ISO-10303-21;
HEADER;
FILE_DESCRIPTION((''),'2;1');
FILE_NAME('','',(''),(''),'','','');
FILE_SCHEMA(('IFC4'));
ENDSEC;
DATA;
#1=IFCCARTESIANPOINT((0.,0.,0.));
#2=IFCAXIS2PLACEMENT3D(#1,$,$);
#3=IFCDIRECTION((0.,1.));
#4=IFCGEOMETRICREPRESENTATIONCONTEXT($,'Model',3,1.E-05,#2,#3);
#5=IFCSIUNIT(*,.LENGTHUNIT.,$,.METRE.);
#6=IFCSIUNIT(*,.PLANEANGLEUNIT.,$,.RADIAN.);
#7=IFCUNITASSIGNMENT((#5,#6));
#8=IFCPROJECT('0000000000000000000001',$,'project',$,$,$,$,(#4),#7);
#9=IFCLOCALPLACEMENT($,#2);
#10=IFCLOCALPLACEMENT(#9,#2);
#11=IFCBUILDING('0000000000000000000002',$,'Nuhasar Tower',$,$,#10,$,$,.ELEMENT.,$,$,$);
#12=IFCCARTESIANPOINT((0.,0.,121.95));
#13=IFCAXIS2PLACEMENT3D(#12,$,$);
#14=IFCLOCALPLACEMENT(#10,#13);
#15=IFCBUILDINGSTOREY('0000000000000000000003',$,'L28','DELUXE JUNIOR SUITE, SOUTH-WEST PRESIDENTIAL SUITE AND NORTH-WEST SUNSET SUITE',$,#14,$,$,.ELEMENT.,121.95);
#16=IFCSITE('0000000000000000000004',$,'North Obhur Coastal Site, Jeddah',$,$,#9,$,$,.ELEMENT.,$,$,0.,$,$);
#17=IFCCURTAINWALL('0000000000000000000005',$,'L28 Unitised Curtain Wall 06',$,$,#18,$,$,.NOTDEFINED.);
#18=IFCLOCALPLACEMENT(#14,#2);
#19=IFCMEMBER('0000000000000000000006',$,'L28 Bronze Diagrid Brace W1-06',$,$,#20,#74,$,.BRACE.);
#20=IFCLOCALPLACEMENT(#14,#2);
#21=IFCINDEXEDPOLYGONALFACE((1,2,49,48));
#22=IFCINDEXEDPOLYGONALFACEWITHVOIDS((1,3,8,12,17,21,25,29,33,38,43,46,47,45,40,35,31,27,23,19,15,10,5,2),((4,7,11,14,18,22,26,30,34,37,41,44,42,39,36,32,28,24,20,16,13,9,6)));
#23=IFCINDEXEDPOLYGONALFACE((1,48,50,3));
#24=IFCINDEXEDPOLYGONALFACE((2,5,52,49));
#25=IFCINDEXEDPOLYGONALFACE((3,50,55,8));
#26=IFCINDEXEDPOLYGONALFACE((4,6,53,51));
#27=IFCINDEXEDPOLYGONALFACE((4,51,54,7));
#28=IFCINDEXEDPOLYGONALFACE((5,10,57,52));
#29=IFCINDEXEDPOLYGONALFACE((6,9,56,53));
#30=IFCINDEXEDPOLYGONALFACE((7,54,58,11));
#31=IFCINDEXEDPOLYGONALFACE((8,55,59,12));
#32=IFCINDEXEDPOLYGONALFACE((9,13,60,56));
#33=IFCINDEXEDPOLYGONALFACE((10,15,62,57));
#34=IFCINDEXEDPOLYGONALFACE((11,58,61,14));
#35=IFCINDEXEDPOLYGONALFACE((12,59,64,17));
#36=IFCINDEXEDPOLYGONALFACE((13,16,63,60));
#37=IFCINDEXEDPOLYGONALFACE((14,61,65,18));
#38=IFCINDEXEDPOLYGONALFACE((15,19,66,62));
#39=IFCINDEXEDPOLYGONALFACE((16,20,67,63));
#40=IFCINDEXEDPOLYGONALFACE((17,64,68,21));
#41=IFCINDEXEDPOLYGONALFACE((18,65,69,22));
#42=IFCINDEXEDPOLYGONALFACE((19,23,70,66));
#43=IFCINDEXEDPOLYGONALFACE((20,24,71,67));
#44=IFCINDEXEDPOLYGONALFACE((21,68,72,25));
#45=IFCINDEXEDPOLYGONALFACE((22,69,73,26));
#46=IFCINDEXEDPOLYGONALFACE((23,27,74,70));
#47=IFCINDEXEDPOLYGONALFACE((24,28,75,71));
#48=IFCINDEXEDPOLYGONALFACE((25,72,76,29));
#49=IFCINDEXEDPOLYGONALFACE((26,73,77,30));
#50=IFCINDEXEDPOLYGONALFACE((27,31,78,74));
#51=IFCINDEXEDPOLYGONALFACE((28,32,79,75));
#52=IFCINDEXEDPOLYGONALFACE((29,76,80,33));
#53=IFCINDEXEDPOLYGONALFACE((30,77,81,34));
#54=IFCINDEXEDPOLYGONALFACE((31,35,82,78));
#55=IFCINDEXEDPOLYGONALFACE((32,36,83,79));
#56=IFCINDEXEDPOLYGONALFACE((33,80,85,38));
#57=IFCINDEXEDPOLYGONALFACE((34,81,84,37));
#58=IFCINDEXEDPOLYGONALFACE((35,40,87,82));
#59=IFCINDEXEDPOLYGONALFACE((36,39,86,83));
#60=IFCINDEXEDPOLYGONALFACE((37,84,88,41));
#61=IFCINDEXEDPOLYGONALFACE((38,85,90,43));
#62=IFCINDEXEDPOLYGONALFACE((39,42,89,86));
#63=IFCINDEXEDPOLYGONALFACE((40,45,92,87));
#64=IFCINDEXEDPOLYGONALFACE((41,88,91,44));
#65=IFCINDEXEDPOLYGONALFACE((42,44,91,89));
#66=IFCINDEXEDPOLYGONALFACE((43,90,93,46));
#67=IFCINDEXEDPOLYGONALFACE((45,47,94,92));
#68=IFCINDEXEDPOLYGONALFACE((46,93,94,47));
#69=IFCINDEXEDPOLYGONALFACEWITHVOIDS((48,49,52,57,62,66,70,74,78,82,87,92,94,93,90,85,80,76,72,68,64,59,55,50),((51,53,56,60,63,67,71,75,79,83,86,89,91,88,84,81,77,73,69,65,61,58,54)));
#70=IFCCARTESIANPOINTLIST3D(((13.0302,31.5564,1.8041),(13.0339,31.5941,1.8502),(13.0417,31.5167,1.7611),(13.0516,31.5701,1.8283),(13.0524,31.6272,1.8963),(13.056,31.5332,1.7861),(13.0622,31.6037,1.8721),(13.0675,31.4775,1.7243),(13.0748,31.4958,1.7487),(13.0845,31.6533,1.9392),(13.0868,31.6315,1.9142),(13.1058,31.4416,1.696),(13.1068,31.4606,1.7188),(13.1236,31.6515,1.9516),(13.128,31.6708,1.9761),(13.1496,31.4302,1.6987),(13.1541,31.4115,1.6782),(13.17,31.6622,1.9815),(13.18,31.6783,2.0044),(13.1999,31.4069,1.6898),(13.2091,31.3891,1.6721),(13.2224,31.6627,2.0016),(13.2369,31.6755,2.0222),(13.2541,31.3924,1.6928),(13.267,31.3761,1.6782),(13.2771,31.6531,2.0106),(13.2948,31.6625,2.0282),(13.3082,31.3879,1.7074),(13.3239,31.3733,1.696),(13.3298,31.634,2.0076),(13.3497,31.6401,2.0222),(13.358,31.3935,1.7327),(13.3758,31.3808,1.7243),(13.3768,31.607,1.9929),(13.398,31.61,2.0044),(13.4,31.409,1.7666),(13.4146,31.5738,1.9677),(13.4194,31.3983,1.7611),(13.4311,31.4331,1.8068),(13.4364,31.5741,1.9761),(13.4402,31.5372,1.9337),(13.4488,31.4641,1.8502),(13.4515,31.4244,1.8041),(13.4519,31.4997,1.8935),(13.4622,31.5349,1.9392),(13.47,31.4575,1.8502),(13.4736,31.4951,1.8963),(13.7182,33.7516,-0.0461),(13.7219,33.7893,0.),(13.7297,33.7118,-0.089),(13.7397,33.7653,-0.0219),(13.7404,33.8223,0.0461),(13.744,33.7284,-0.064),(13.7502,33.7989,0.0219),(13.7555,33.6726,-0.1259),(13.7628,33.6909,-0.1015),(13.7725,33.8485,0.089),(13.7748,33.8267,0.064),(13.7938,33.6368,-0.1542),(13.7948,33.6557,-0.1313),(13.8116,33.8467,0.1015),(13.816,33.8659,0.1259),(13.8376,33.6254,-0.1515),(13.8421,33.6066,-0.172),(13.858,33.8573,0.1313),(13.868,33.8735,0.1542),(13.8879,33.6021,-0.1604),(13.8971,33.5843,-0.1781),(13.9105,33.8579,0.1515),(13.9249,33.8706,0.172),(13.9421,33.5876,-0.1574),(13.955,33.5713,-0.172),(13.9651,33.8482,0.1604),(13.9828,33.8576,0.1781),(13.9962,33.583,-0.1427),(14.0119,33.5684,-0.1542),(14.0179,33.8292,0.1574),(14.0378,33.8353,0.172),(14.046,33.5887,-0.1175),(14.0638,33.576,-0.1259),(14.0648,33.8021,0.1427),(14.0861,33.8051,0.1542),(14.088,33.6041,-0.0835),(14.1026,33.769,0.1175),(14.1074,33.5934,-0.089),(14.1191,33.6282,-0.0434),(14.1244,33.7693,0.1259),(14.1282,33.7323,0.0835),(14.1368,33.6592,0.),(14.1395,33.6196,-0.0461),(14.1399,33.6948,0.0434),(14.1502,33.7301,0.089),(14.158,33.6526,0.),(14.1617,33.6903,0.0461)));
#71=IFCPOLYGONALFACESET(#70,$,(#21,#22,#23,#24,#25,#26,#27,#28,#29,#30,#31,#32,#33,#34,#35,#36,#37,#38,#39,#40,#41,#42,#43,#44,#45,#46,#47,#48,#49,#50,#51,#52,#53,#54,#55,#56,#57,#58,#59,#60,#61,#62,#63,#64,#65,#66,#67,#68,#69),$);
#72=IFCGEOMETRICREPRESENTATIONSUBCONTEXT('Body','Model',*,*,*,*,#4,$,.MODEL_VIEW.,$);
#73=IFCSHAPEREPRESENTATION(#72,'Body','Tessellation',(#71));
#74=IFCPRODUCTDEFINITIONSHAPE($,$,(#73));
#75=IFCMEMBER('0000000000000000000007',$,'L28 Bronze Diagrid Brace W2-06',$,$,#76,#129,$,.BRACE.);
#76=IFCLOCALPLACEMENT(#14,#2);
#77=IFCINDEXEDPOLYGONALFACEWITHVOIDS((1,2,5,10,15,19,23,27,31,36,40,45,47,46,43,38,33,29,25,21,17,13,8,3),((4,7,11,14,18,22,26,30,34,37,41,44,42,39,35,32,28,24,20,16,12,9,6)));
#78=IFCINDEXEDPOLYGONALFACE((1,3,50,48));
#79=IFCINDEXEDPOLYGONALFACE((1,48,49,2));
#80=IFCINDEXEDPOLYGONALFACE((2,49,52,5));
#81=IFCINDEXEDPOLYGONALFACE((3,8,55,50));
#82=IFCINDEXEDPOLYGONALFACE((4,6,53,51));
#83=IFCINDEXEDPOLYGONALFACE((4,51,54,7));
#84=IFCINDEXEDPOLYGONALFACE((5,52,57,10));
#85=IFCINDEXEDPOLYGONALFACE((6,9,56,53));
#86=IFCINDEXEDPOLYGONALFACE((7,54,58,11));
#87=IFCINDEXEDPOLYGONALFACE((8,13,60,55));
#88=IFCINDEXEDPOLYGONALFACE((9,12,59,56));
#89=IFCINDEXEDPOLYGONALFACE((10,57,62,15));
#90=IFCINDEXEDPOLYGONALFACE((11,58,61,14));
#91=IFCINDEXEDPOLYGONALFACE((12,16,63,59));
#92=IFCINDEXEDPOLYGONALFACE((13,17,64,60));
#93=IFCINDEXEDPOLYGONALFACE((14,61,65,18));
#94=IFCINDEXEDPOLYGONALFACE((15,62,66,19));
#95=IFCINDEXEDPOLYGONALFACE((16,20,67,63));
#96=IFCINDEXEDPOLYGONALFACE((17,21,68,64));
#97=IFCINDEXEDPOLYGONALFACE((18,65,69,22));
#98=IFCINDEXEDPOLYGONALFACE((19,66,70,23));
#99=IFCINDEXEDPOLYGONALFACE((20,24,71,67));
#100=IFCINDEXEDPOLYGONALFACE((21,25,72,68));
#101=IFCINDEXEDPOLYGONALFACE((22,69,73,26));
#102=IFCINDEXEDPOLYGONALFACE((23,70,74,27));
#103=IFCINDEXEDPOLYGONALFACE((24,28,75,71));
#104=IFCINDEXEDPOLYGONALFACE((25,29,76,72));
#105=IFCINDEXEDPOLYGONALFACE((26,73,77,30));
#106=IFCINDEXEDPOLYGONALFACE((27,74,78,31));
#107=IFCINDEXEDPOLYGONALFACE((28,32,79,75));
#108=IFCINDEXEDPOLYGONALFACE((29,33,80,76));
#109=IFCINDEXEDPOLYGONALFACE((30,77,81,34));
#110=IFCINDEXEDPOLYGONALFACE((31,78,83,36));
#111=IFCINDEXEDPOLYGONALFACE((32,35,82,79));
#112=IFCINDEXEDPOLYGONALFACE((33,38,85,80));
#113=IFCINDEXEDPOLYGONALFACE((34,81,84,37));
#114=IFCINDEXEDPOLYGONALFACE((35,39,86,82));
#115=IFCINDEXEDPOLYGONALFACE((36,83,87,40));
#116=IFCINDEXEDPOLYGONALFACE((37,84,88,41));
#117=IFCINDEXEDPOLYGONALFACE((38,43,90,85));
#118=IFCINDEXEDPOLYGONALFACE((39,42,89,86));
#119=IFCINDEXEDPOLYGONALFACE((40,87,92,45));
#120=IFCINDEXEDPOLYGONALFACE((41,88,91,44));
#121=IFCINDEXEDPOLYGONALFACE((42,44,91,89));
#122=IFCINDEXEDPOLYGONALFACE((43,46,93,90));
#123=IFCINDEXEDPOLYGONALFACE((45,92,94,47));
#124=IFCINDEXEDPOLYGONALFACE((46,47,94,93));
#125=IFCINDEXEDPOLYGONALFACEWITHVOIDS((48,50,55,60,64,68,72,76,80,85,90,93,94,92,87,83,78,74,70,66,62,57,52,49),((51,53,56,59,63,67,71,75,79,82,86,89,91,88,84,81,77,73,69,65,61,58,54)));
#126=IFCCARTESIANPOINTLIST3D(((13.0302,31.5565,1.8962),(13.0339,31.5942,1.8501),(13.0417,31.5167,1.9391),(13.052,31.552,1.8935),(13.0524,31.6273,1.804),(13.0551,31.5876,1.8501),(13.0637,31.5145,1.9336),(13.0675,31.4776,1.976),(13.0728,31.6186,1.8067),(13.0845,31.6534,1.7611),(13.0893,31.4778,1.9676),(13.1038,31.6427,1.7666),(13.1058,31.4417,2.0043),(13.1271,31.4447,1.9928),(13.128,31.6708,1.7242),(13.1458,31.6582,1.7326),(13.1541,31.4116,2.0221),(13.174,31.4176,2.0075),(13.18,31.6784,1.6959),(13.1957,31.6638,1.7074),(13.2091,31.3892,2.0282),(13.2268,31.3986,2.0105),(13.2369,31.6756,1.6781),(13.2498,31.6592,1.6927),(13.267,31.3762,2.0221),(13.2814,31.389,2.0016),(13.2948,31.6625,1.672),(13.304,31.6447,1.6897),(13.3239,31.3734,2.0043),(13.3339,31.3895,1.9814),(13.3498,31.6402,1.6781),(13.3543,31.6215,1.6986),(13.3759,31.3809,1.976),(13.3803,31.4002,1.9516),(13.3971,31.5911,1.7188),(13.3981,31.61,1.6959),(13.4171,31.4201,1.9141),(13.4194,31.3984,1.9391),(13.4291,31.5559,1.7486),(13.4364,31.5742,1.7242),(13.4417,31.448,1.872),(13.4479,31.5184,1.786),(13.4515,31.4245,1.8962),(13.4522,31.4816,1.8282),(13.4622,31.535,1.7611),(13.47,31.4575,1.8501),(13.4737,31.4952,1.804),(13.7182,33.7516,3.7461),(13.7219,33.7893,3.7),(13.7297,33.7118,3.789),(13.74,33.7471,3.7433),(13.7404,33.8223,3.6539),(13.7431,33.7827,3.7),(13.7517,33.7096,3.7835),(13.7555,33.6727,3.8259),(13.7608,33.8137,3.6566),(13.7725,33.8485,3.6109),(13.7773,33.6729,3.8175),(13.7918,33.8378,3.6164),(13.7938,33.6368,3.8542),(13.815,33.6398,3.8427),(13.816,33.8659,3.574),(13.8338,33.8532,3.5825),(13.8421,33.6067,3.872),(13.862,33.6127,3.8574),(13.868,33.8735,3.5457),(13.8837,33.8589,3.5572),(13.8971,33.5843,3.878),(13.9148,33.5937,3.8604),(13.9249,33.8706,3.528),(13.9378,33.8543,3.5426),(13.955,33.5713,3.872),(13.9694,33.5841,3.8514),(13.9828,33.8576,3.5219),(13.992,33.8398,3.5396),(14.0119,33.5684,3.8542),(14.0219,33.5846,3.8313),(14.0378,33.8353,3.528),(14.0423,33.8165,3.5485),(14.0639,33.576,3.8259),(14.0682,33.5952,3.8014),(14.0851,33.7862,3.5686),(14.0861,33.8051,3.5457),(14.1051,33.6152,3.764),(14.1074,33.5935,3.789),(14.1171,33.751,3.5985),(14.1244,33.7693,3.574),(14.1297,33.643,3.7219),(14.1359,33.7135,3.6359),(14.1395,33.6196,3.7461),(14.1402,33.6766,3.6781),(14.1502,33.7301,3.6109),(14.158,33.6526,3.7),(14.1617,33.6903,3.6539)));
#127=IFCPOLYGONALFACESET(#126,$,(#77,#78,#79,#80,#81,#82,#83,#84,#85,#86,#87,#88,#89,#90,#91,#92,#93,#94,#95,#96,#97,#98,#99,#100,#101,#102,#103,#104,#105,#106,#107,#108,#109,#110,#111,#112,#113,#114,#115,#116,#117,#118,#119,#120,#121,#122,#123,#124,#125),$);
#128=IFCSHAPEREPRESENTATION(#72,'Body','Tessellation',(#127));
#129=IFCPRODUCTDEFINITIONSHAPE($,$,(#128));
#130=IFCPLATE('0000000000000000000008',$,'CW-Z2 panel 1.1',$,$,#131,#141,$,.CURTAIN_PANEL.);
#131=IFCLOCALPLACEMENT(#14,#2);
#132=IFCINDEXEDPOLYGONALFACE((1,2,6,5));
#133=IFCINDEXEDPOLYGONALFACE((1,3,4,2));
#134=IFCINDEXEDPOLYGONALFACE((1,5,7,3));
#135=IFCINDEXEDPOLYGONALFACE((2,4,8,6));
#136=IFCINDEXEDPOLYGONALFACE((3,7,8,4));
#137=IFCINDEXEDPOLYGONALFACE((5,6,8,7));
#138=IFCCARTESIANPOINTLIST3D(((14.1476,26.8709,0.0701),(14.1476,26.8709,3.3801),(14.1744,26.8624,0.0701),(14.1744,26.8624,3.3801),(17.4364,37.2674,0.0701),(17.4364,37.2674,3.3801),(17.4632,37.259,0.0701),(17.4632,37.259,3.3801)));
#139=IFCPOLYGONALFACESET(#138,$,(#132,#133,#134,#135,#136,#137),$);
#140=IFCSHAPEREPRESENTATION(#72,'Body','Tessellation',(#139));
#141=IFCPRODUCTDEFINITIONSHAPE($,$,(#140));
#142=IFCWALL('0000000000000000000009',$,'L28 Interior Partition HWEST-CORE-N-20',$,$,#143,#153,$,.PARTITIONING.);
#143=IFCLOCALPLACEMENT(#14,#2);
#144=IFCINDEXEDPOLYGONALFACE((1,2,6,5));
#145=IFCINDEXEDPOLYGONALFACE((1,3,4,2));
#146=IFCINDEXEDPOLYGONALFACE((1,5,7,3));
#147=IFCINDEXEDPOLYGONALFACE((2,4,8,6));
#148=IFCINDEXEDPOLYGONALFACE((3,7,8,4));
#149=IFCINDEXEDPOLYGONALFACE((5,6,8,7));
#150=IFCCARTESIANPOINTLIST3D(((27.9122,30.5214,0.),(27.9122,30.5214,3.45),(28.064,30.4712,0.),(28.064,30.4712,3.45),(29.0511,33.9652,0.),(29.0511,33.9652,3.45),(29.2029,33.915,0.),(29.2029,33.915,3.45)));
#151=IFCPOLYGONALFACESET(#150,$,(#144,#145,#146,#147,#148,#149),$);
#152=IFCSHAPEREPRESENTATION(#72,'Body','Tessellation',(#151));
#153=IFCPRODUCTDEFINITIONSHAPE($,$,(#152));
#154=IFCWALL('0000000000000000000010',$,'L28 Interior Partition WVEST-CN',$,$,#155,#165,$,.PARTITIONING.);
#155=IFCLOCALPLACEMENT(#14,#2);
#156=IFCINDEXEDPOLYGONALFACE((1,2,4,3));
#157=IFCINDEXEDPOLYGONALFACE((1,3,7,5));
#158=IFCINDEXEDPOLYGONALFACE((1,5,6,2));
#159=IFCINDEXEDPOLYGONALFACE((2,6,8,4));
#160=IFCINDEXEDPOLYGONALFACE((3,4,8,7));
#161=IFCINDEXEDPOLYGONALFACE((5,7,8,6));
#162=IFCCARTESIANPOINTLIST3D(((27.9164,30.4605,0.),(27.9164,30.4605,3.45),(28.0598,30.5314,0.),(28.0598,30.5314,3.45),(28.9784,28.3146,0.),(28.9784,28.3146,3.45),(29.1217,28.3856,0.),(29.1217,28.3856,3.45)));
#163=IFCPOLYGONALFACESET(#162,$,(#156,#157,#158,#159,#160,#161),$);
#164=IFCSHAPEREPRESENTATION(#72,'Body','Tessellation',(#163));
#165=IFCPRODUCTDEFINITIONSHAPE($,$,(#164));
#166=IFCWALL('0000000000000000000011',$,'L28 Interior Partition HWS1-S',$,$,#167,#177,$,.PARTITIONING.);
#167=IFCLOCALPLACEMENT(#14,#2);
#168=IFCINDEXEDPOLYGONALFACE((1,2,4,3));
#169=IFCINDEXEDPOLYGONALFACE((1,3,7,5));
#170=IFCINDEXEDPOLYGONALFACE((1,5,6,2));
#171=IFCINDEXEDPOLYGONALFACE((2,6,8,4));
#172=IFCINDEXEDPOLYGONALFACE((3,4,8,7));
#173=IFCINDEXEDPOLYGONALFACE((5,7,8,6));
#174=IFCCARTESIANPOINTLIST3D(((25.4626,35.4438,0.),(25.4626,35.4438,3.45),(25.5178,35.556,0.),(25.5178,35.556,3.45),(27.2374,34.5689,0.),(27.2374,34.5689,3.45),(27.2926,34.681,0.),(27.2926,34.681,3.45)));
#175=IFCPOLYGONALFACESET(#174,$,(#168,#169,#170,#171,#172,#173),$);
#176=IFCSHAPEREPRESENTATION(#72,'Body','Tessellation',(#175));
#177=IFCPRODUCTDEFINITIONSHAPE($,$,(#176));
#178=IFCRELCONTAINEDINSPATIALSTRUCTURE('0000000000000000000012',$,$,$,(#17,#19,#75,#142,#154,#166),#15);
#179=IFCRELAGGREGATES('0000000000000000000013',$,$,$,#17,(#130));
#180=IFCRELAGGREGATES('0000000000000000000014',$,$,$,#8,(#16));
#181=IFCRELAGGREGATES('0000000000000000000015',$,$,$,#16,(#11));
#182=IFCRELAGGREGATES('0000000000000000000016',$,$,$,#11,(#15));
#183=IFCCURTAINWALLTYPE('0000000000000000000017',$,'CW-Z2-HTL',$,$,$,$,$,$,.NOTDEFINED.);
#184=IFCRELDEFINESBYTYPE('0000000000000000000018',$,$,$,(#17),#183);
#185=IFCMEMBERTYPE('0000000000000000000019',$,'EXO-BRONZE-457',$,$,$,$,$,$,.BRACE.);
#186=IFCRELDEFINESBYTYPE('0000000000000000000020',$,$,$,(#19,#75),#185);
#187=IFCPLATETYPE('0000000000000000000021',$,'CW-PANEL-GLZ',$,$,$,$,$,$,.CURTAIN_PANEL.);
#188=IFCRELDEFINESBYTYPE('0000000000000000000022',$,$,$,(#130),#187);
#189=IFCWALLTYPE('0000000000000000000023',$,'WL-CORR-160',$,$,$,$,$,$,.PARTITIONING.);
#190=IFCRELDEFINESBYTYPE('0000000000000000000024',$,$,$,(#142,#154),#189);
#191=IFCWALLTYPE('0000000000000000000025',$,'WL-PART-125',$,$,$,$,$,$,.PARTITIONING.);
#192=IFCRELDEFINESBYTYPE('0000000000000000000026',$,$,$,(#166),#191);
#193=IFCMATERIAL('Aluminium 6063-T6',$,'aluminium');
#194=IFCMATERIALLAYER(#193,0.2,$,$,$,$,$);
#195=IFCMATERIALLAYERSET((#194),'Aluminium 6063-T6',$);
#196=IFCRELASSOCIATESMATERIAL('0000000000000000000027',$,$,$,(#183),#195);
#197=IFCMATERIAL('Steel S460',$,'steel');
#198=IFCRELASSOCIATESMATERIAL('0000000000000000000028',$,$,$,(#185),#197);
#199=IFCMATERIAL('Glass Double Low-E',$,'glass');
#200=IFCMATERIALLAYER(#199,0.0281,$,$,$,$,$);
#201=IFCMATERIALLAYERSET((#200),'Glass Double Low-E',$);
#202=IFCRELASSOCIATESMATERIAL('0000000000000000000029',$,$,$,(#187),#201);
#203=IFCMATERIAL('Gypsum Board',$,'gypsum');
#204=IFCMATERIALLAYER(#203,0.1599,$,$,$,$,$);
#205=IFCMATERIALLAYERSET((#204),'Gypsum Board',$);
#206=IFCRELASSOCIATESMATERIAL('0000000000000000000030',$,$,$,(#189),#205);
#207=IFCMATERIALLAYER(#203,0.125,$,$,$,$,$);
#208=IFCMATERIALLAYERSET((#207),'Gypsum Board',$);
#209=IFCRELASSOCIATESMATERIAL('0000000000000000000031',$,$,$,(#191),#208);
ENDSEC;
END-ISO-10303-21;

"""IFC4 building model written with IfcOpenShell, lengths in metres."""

from ifc_helpers import new_model, si_unit, direction, frame, frame_2d, origin, origin_2d, place, context, subcontext, project, spatial, rectangle, hollow_circle, extrude, material, layer, layer_set, material_profile, profile_set, type_object, element, aggregate, save


model = new_model("IFC4")

# Units and contexts
model_context = context("Model", 3, precision=1e-05, world=origin(), true_north=direction((0.0, 1.0)))
body_context = subcontext(model_context, "Body", "Model", "MODEL_VIEW")
ifc_project = project(units=[si_unit("LENGTHUNIT", "METRE"), si_unit("PLANEANGLEUNIT", "RADIAN")], contexts=[model_context])

# Site, building, storey
site_placement = place(None, origin())
site = spatial("IfcSite", under=ifc_project, at=site_placement, Name="North Obhur Coastal Site, Jeddah", CompositionType="ELEMENT", RefElevation=0.0)
building_placement = place(site_placement, origin())
building = spatial("IfcBuilding", under=site, at=building_placement, Name="Nuhasar Tower", CompositionType="ELEMENT")
storey_placement = place(building_placement, frame((0.0, 0.0, 121.95)))
storey = spatial("IfcBuildingStorey", under=building, at=storey_placement, Name="L28", Description="DELUXE JUNIOR SUITE, SOUTH-WEST PRESIDENTIAL SUITE AND NORTH-WEST SUNSET SUITE", CompositionType="ELEMENT", Elevation=121.95)

# Curtain wall
ifc_material_1 = material(Name="Aluminium 6063-T6", Category="aluminium")
ifc_layer_1 = layer(ifc_material_1, 0.2)
ifc_layer_set_1 = layer_set([ifc_layer_1], Name="Aluminium 6063-T6")
curtain_wall_type = type_object("IfcCurtainWallType", Name="CW-Z2-HTL", PredefinedType="NOTDEFINED", material=ifc_layer_set_1)
curtain_wall_placement = place(storey_placement, origin())
curtain_wall = element("IfcCurtainWall", 1, at=curtain_wall_placement, inside=storey, type_object=curtain_wall_type, Name="L28 Unitised Curtain Wall 06", PredefinedType="NOTDEFINED")

# Members
ifc_material_2 = material(Name="Steel S460", Category="steel")
ifc_material_profile_1 = material_profile(ifc_material_2, hollow_circle(Radius=0.2285, WallThickness=0.0222, at=origin_2d()), Name="HSS457X22.2")
ifc_profile_set_1 = profile_set([ifc_material_profile_1], Name="Steel S460")
member_type_1 = type_object("IfcMemberType", Name="EXO-BRONZE-457", PredefinedType="BRACE", material=ifc_profile_set_1)
member_1_placement = place(storey_placement, frame((13.9399, 33.7209, 0.0), z_axis=(-0.233056, -0.743578, 0.626719), x_axis=(0.954228, -0.299079, 0.0)))
element("IfcMember", 2, at=member_1_placement, inside=storey, type_object=member_type_1, Name="L28 Bronze Diagrid Brace W1-06", PredefinedType="BRACE", context=body_context, shape_type="SweptSolid", body=[
    extrude(hollow_circle(Radius=0.2285, WallThickness=0.0222, at=origin_2d()), origin(), (0.0, 0.0, 1.0), 2.9521),
])
member_2_placement = place(storey_placement, frame((13.252, 31.5259, 1.8501), z_axis=(0.233068, 0.743616, 0.626669), x_axis=(-0.954228, 0.299079, 0.0)))
element("IfcMember", 3, at=member_2_placement, inside=storey, type_object=member_type_1, Name="L28 Bronze Diagrid Brace W2-06", PredefinedType="BRACE", context=body_context, shape_type="SweptSolid", body=[
    extrude(hollow_circle(Radius=0.2285, WallThickness=0.0222, at=origin_2d()), origin(), (0.0, 0.0, 1.0), 2.9519),
])

# Plate
ifc_material_3 = material(Name="Glass Double Low-E", Category="glass")
ifc_layer_2 = layer(ifc_material_3, 0.0281)
ifc_layer_set_2 = layer_set([ifc_layer_2], Name="Glass Double Low-E")
plate_type = type_object("IfcPlateType", Name="CW-PANEL-GLZ", PredefinedType="CURTAIN_PANEL", material=ifc_layer_set_2)
plate_placement = place(storey_placement, frame((15.8054, 32.0649, 0.0701), z_axis=(0.0, 0.0, 1.0), x_axis=(-0.301604, -0.953433, 0.0)))
plate = element("IfcPlate", 4, at=plate_placement, type_object=plate_type, Name="CW-Z2 panel 1.1", PredefinedType="CURTAIN_PANEL", context=body_context, shape_type="SweptSolid", body=[
    extrude(rectangle(XDim=10.9043, YDim=0.0281, at=origin_2d()), origin(), (0.0, 0.0, 1.0), 3.3101),
])
aggregate(curtain_wall, [plate])

# Wall
ifc_material_4 = material(Name="Gypsum Board", Category="gypsum")
ifc_layer_3 = layer(ifc_material_4, 0.1599)
ifc_layer_set_3 = layer_set([ifc_layer_3], Name="Gypsum Board")
wall_type_1 = type_object("IfcWallType", Name="WL-CORR-160", PredefinedType="PARTITIONING", material=ifc_layer_set_3)
wall_1_placement = place(storey_placement, frame((29.127, 33.9399, 0.0), z_axis=(0.0, 0.0, 1.0), x_axis=(-0.313986, -0.949428, 0.0)))
element("IfcWall", 5, at=wall_1_placement, inside=storey, type_object=wall_type_1, Name="L28 Interior Partition HWEST-CORE-N-20", PredefinedType="PARTITIONING", context=body_context, shape_type="SweptSolid", body=[
    extrude(rectangle(XDim=3.6272, YDim=0.1599, at=frame_2d((1.8135, 0.0))), origin(), (0.0, 0.0, 1.0), 3.45),
])

# Walls
wall_2_placement = place(storey_placement, frame((27.988, 30.4961, 0.0), z_axis=(0.0, 0.0, 1.0), x_axis=(0.443539, -0.896255, 0.0)))
element("IfcWall", 6, at=wall_2_placement, inside=storey, type_object=wall_type_1, Name="L28 Interior Partition WVEST-CN", PredefinedType="PARTITIONING", context=body_context, shape_type="SweptSolid", body=[
    extrude(rectangle(XDim=2.3943, YDim=0.1599, at=frame_2d((1.1973, 0.0))), origin(), (0.0, 0.0, 1.0), 3.45),
])
ifc_layer_4 = layer(ifc_material_4, 0.125)
ifc_layer_set_4 = layer_set([ifc_layer_4], Name="Gypsum Board")
wall_type_2 = type_object("IfcWallType", Name="WL-PART-125", PredefinedType="PARTITIONING", material=ifc_layer_set_4)
wall_3_placement = place(storey_placement, frame((27.2649, 34.625, 0.0), z_axis=(0.0, 0.0, 1.0), x_axis=(-0.89693, 0.442173, 0.0)))
element("IfcWall", 7, at=wall_3_placement, inside=storey, type_object=wall_type_2, Name="L28 Interior Partition HWS1-S", PredefinedType="PARTITIONING", context=body_context, shape_type="SweptSolid", body=[
    extrude(rectangle(XDim=1.9788, YDim=0.125, at=frame_2d((0.9893, 0.0))), origin(), (0.0, 0.0, 1.0), 3.45),
])

save(model, "model.ifc")
